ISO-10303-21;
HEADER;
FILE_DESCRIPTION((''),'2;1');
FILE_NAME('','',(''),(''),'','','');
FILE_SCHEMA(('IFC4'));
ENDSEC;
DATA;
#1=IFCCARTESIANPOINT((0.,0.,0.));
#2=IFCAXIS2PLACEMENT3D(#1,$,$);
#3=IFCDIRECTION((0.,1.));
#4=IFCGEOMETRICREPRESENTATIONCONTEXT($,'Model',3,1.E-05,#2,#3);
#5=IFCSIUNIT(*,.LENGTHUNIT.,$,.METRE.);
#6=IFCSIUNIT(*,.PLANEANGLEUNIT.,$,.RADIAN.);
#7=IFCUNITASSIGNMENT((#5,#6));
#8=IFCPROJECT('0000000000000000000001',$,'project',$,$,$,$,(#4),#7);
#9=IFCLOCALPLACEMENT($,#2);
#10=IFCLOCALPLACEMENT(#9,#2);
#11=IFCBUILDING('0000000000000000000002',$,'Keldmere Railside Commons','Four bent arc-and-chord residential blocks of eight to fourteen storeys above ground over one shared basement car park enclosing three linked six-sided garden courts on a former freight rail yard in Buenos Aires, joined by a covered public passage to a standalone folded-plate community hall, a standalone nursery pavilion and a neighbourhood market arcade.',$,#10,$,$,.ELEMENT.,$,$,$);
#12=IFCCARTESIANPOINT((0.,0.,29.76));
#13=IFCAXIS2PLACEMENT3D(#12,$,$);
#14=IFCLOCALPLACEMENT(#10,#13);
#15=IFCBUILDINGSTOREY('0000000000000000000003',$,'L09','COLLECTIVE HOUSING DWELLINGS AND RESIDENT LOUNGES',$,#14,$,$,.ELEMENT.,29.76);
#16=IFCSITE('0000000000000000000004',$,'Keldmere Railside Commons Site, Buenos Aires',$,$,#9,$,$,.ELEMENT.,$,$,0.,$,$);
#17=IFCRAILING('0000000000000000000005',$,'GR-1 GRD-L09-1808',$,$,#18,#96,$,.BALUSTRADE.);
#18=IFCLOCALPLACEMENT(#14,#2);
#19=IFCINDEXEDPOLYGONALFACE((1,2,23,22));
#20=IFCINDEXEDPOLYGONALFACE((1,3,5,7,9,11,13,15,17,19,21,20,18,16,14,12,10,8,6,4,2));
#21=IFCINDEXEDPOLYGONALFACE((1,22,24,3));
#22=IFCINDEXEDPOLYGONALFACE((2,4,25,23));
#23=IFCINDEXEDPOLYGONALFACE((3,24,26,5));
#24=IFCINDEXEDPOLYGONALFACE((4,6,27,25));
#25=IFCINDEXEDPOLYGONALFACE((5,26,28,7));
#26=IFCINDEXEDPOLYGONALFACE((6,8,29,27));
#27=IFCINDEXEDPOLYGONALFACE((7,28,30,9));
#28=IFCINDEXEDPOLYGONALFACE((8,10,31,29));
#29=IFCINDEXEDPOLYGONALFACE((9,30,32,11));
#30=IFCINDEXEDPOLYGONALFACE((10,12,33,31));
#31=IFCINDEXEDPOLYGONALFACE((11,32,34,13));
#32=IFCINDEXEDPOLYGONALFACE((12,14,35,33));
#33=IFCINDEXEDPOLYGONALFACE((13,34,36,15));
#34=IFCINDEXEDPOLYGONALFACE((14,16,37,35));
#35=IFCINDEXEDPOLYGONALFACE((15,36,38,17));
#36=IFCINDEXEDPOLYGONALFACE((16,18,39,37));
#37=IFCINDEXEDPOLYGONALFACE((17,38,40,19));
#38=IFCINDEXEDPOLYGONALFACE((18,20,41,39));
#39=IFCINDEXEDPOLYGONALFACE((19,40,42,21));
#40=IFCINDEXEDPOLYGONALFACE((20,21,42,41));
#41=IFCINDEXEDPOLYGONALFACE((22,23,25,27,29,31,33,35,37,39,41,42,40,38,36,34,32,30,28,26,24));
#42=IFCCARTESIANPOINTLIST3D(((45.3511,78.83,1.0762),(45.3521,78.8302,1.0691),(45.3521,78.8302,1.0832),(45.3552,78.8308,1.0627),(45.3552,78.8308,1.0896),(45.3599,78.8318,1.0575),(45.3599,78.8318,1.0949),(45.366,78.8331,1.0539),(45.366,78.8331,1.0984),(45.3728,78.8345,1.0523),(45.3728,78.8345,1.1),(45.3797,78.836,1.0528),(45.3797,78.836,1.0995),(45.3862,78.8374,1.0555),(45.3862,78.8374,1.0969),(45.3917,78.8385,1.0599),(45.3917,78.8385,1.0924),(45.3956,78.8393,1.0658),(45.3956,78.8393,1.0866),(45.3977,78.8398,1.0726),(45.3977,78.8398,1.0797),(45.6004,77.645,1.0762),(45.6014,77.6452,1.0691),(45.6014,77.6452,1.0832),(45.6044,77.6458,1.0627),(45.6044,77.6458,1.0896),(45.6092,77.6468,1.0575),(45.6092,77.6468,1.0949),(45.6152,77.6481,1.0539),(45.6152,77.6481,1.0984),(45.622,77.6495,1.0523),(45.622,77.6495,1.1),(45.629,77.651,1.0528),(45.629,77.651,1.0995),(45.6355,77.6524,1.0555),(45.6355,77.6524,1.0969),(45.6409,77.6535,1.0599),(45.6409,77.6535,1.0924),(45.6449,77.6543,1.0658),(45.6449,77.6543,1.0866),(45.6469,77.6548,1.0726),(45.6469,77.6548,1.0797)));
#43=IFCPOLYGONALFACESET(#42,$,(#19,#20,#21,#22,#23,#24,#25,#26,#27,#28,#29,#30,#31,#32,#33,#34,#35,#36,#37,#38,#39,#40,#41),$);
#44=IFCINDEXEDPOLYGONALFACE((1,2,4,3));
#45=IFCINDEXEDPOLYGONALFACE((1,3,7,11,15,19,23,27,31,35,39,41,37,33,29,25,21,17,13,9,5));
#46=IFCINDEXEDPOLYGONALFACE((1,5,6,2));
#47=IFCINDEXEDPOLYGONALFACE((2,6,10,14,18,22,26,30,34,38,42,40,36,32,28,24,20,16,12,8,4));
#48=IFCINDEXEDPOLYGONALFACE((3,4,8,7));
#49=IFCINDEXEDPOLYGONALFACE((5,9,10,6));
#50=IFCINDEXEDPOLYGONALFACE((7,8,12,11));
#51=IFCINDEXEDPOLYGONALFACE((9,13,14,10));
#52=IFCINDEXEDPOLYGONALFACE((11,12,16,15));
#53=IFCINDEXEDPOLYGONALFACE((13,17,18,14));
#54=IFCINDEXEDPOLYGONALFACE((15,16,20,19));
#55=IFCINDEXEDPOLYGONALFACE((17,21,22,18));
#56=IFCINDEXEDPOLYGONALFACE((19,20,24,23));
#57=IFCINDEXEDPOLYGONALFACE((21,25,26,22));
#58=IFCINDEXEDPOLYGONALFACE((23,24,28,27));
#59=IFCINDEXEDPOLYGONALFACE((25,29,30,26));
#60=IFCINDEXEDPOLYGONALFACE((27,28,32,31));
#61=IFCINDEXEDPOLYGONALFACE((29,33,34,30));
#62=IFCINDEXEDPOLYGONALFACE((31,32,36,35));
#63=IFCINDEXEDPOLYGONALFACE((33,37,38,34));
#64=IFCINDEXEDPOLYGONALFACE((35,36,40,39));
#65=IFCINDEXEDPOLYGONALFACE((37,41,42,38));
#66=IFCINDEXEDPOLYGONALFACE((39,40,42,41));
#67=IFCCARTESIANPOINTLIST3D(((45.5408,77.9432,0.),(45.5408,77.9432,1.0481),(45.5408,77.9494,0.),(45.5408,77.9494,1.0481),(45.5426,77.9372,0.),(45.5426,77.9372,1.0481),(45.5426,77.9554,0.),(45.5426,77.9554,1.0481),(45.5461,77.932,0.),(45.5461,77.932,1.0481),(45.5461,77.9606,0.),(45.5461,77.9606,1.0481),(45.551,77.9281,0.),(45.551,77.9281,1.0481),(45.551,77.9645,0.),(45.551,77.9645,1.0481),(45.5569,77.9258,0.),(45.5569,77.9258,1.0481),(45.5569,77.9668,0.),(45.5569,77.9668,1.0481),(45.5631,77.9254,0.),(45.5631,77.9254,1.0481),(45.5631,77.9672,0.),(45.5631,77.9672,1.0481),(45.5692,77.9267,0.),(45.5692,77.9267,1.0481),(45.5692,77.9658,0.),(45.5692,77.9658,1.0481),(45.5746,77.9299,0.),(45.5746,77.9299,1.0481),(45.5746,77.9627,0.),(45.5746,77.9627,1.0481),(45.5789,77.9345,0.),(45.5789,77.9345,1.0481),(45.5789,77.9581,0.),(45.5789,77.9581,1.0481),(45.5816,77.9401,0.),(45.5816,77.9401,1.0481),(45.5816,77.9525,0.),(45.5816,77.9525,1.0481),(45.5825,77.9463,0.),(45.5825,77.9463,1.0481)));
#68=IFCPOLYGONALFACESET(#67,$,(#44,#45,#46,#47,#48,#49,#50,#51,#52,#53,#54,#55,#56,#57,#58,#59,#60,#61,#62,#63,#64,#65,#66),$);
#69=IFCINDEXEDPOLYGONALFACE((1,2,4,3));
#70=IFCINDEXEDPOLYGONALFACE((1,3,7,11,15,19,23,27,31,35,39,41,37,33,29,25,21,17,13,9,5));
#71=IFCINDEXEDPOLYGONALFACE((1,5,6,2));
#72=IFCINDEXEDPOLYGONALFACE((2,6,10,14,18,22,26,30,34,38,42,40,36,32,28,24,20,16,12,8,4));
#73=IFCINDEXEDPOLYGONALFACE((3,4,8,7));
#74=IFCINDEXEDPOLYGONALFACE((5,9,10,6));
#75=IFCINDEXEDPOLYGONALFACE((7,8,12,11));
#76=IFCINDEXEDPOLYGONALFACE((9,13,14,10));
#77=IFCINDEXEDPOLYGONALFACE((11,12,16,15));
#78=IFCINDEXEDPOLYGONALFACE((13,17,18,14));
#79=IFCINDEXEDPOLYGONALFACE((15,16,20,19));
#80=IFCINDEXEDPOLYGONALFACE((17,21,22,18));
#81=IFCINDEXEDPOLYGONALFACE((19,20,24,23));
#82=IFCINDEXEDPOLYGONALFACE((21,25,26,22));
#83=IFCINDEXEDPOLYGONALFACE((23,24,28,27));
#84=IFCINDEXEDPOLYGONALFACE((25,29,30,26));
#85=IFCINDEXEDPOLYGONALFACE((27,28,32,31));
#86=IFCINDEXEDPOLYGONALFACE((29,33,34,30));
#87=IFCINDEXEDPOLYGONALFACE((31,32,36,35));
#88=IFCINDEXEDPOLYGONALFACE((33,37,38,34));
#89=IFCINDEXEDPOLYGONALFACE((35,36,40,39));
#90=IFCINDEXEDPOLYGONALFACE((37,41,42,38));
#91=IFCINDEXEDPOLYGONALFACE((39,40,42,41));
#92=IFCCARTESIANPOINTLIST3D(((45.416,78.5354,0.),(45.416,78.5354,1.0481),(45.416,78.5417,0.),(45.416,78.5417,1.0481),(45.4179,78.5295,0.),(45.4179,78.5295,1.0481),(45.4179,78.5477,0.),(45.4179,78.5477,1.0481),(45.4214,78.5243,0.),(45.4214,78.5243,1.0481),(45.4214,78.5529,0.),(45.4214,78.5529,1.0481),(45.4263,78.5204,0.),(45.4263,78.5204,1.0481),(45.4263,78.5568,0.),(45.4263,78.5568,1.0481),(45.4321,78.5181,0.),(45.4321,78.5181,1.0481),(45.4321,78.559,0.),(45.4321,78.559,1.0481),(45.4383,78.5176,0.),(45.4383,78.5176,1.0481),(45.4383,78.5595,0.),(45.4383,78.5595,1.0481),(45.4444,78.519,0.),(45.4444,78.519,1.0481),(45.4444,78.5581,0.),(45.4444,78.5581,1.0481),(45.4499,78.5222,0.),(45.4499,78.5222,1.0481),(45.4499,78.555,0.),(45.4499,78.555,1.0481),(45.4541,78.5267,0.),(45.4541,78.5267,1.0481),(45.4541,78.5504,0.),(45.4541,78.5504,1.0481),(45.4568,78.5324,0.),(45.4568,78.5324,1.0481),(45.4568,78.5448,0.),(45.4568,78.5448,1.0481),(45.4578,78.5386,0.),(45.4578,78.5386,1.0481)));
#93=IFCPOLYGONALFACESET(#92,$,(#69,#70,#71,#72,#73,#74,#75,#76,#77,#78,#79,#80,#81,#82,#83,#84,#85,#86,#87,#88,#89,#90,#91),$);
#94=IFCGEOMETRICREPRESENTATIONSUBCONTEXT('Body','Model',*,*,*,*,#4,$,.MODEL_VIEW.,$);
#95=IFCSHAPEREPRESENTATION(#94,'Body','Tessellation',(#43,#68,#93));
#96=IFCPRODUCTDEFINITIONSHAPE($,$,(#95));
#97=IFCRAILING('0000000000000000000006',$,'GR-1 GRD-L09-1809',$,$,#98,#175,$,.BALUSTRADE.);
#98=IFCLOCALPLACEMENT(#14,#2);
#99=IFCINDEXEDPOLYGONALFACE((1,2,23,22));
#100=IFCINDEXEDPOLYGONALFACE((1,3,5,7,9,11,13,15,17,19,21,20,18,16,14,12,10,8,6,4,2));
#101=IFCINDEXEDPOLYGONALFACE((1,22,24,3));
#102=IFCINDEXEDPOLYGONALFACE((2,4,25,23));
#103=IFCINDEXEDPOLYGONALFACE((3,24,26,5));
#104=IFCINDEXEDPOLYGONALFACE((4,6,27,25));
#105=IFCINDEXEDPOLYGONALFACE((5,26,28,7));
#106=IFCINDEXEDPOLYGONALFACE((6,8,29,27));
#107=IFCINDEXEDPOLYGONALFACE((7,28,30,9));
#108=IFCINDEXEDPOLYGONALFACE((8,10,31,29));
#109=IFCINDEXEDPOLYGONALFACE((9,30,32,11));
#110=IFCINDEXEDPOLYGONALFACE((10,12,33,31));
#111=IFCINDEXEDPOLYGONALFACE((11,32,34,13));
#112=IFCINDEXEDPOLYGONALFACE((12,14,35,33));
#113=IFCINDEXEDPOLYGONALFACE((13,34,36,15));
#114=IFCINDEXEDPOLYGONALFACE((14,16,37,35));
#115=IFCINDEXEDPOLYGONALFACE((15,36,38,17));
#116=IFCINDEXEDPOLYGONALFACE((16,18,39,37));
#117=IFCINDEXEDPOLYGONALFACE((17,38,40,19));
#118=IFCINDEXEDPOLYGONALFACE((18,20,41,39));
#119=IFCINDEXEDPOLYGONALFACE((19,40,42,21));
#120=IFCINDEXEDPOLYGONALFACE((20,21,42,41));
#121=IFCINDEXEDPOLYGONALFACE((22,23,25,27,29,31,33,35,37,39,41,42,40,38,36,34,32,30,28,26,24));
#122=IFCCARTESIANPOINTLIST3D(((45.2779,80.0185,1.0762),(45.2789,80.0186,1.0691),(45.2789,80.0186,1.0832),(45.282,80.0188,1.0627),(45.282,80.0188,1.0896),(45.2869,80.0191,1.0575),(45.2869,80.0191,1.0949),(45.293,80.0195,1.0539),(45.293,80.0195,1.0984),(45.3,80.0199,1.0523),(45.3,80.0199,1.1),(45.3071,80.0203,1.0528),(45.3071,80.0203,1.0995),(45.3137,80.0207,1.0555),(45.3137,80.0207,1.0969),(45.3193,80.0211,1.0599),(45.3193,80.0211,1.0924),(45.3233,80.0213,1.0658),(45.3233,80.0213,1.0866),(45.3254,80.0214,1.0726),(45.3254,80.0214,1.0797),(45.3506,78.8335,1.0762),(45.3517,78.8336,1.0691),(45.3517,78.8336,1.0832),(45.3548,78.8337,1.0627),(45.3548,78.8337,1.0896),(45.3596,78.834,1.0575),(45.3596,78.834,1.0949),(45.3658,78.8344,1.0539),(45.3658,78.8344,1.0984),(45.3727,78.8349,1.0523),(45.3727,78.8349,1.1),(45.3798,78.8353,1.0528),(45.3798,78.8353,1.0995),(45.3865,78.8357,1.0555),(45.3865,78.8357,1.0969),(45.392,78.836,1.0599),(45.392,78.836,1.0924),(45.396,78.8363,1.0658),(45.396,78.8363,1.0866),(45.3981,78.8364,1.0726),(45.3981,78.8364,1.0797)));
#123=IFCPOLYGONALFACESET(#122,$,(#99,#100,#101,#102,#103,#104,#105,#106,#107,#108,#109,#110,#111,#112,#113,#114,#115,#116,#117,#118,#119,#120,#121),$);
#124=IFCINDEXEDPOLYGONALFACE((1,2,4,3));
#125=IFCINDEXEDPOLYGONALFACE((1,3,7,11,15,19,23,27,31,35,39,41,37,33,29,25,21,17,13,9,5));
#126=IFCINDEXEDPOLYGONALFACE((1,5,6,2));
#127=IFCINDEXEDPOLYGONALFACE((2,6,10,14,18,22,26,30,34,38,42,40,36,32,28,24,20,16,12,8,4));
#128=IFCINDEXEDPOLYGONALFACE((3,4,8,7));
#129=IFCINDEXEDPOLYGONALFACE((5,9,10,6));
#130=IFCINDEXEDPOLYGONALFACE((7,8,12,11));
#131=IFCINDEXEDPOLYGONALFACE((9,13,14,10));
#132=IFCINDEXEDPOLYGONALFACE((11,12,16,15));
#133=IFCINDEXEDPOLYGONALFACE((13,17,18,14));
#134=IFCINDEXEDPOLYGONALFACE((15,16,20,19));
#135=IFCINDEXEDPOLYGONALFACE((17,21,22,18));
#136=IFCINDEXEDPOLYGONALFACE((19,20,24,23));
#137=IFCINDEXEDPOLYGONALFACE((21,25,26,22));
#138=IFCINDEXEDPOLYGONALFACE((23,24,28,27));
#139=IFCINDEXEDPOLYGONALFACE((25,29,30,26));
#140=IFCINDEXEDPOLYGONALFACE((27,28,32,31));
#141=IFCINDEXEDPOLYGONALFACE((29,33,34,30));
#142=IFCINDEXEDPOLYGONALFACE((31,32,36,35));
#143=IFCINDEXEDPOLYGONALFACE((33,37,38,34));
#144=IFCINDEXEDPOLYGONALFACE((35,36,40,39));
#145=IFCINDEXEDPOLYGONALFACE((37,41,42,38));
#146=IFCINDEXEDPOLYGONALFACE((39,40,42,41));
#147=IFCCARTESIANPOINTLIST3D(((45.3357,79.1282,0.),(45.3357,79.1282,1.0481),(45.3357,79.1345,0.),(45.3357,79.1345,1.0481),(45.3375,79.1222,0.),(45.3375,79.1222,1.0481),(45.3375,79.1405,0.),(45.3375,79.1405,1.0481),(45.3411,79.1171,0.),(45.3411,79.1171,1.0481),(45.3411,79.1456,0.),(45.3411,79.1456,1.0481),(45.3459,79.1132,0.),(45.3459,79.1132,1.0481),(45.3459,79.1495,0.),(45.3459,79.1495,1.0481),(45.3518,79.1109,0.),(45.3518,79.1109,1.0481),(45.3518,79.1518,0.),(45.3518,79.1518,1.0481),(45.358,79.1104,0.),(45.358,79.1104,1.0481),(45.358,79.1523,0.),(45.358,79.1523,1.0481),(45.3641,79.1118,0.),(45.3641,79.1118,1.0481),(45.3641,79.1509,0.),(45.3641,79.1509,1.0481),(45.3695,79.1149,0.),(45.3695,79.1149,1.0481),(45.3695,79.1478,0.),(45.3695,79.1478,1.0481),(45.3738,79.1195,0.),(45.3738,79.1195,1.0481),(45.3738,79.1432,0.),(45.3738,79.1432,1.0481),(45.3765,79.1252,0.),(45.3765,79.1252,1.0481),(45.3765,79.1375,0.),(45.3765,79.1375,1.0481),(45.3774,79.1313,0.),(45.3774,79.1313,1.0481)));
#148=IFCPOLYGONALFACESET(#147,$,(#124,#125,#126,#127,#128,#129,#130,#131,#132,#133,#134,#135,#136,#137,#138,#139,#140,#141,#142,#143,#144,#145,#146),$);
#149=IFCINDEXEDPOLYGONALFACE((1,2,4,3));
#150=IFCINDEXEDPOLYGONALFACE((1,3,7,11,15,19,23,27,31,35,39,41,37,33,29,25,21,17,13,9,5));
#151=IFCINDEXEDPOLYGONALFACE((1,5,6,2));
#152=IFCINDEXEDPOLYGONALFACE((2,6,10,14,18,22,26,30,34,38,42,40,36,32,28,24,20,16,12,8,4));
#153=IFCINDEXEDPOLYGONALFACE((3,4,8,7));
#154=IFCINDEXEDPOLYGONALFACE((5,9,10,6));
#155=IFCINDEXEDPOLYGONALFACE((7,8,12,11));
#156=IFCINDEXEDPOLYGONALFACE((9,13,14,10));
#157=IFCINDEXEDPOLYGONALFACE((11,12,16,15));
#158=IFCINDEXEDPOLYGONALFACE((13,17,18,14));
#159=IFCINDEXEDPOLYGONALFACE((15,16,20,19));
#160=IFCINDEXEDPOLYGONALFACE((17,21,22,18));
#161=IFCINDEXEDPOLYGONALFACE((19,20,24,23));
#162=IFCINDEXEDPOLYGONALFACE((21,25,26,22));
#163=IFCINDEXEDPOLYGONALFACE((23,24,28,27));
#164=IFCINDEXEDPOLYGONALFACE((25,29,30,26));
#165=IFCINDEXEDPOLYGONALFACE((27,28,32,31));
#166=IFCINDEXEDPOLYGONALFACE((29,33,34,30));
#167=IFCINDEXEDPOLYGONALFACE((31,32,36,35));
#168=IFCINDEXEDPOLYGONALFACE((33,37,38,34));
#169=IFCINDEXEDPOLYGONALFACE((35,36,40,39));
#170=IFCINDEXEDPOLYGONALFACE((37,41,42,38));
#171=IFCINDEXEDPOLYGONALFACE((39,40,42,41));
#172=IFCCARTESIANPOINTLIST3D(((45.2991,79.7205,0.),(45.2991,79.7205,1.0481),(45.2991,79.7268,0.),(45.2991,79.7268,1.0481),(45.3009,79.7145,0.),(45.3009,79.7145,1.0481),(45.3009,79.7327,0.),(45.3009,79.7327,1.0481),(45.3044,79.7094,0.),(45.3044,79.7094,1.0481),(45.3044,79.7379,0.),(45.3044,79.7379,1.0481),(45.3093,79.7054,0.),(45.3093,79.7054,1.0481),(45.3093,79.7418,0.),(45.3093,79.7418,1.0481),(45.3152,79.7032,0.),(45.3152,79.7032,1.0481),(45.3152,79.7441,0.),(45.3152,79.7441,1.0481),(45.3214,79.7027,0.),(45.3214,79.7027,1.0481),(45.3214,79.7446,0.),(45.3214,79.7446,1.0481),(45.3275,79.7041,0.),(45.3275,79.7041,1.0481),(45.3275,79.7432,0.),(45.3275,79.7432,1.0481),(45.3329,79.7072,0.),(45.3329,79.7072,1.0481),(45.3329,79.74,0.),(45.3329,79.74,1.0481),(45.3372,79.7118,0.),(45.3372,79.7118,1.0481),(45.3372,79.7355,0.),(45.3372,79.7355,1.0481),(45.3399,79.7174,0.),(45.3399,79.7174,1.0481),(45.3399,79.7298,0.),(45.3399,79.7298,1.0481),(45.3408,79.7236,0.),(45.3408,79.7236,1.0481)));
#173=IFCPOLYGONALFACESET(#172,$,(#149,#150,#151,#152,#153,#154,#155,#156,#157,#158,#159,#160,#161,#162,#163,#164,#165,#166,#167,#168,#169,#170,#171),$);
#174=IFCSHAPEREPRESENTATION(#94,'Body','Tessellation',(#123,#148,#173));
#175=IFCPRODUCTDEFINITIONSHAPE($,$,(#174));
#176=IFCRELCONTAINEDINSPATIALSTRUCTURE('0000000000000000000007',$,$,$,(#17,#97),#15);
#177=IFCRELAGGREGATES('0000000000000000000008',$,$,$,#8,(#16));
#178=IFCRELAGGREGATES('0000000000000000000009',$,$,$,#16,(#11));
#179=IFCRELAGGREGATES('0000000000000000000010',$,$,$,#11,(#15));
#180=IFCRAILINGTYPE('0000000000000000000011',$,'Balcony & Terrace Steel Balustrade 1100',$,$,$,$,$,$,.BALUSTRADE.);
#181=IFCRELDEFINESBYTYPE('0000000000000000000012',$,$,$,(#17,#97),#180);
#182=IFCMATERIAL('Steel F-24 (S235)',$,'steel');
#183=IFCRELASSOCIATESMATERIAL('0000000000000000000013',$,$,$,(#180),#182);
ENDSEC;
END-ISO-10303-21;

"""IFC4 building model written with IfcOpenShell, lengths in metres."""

from ifc_helpers import new_model, si_unit, direction, frame, origin, origin_2d, place, context, subcontext, project, spatial, circle, extrude, material, type_object, element, save


model = new_model("IFC4")

# Units and contexts
model_context = context("Model", 3, precision=1e-05, world=origin(), true_north=direction((0.0, 1.0)))
body_context = subcontext(model_context, "Body", "Model", "MODEL_VIEW")
ifc_project = project(units=[si_unit("LENGTHUNIT", "METRE"), si_unit("PLANEANGLEUNIT", "RADIAN")], contexts=[model_context])

# Site, building, storey
site_placement = place(None, origin())
site = spatial("IfcSite", under=ifc_project, at=site_placement, Name="Keldmere Railside Commons Site, Buenos Aires", CompositionType="ELEMENT", RefElevation=0.0)
building_placement = place(site_placement, origin())
building = spatial("IfcBuilding", under=site, at=building_placement, Name="Keldmere Railside Commons", Description="Four bent arc-and-chord residential blocks of eight to fourteen storeys above ground over one shared basement car park enclosing three linked six-sided garden courts on a former freight rail yard in Buenos Aires, joined by a covered public passage to a standalone folded-plate community hall, a standalone nursery pavilion and a neighbourhood market arcade.", CompositionType="ELEMENT")
storey_placement = place(building_placement, frame((0.0, 0.0, 29.76)))
storey = spatial("IfcBuildingStorey", under=building, at=storey_placement, Name="L09", Description="COLLECTIVE HOUSING DWELLINGS AND RESIDENT LOUNGES", CompositionType="ELEMENT", Elevation=29.76)

# Shared definitions
ifc_material_1 = material(Name="Steel F-24 (S235)", Category="steel")

# Railings
railing_type = type_object("IfcRailingType", Name="Balcony & Terrace Steel Balustrade 1100", PredefinedType="BALUSTRADE", material=ifc_material_1)
railing_1_placement = place(storey_placement, frame((45.6238, 77.6499, 0.0)))
element("IfcRailing", 1, at=railing_1_placement, inside=storey, type_object=railing_type, Name="GR-1 GRD-L09-1808", PredefinedType="BALUSTRADE", context=body_context, shape_type="SweptSolid", body=[
    extrude(circle(Radius=0.0239, at=origin_2d()), frame((0.0, 0.0, 1.0762), z_axis=(-0.205838, 0.978586, 0.0), x_axis=(-0.978586, -0.205838, 0.0)), (0.0, 0.0, 1.0), 1.2109),
    extrude(circle(Radius=0.021, at=origin_2d()), frame((-0.0623, 0.2964, 0.0)), (0.0, 0.0, 1.0), 1.0481),
    extrude(circle(Radius=0.021, at=origin_2d()), frame((-0.187, 0.8887, 0.0)), (0.0, 0.0, 1.0), 1.0481),
])
railing_2_placement = place(storey_placement, frame((45.3745, 78.835, 0.0)))
element("IfcRailing", 2, at=railing_2_placement, inside=storey, type_object=railing_type, Name="GR-1 GRD-L09-1809", PredefinedType="BALUSTRADE", context=body_context, shape_type="SweptSolid", body=[
    extrude(circle(Radius=0.0239, at=origin_2d()), frame((0.0, 0.0, 1.0762), z_axis=(-0.061277, 0.998121, 0.0), x_axis=(-0.998121, -0.061277, 0.0)), (0.0, 0.0, 1.0), 1.1873),
    extrude(circle(Radius=0.021, at=origin_2d()), frame((-0.0181, 0.2964, 0.0)), (0.0, 0.0, 1.0), 1.0481),
    extrude(circle(Radius=0.021, at=origin_2d()), frame((-0.0547, 0.8887, 0.0)), (0.0, 0.0, 1.0), 1.0481),
])

save(model, "model.ifc")
